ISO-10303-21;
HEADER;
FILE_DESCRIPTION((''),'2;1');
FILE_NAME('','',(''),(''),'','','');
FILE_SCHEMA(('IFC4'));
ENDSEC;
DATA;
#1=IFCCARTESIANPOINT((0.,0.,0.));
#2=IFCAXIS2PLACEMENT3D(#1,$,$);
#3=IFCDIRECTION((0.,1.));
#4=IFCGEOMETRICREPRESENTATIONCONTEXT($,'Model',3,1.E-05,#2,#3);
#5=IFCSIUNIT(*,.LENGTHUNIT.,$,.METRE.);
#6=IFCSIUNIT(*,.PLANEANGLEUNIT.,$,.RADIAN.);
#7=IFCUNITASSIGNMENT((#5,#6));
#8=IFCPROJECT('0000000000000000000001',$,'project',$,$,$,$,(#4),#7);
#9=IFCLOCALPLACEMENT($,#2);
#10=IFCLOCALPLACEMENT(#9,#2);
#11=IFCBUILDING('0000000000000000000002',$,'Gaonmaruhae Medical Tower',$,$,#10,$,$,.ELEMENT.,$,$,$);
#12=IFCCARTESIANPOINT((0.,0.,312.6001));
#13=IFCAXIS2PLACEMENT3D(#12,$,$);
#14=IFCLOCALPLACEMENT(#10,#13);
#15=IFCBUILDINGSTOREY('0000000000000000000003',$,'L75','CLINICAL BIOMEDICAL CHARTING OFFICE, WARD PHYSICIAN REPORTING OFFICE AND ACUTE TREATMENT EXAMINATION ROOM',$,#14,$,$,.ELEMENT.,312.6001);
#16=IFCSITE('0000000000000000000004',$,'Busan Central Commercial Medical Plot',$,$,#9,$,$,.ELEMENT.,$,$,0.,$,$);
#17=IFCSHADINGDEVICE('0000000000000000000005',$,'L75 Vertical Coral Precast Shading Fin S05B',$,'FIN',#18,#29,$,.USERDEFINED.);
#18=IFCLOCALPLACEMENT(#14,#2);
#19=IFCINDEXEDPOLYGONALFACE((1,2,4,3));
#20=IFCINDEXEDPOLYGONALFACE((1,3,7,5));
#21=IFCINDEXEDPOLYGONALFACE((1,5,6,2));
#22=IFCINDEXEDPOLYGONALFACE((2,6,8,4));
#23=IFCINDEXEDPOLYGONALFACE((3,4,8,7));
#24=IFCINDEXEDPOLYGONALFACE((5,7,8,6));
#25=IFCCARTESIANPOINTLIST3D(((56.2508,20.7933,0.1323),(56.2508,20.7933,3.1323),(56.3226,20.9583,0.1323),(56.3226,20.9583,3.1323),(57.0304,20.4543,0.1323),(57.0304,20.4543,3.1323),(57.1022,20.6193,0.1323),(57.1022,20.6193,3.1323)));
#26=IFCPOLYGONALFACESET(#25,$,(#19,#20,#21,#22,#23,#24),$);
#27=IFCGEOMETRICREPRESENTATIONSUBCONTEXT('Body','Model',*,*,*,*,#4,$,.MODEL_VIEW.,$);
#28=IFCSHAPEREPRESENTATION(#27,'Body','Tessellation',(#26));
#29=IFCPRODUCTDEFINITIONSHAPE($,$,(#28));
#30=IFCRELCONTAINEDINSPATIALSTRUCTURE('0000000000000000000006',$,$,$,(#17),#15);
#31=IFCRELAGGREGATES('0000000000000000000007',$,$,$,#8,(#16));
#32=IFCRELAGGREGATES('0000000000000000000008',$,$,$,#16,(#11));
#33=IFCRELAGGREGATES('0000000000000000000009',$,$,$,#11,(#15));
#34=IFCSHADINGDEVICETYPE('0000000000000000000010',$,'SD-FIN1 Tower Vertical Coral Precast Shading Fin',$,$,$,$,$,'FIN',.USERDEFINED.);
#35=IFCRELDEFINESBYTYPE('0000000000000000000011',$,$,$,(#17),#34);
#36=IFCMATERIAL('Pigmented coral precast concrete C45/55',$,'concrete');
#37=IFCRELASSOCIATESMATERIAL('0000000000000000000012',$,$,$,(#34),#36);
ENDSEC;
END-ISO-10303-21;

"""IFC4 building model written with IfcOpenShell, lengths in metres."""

from ifc_helpers import new_model, si_unit, direction, frame, origin, origin_2d, place, context, subcontext, project, spatial, rectangle, extrude, material, type_object, element, save


model = new_model("IFC4")

# Units and contexts
model_context = context("Model", 3, precision=1e-05, world=origin(), true_north=direction((0.0, 1.0)))
body_context = subcontext(model_context, "Body", "Model", "MODEL_VIEW")
ifc_project = project(units=[si_unit("LENGTHUNIT", "METRE"), si_unit("PLANEANGLEUNIT", "RADIAN")], contexts=[model_context])

# Site, building, storey
site_placement = place(None, origin())
site = spatial("IfcSite", under=ifc_project, at=site_placement, Name="Busan Central Commercial Medical Plot", CompositionType="ELEMENT", RefElevation=0.0)
building_placement = place(site_placement, origin())
building = spatial("IfcBuilding", under=site, at=building_placement, Name="Gaonmaruhae Medical Tower", CompositionType="ELEMENT")
storey_placement = place(building_placement, frame((0.0, 0.0, 312.6001)))
storey = spatial("IfcBuildingStorey", under=building, at=storey_placement, Name="L75", Description="CLINICAL BIOMEDICAL CHARTING OFFICE, WARD PHYSICIAN REPORTING OFFICE AND ACUTE TREATMENT EXAMINATION ROOM", CompositionType="ELEMENT", Elevation=312.6001)

# Shading device
ifc_material_1 = material(Name="Pigmented coral precast concrete C45/55", Category="concrete")
shading_device_type = type_object("IfcShadingDeviceType", Name="SD-FIN1 Tower Vertical Coral Precast Shading Fin", ElementType="FIN", PredefinedType="USERDEFINED", material=ifc_material_1)
for number, where, z_axis, x_axis, name in (
    (1, (56.6765, 20.7063, 0.1323), (0.0, 0.0, 1.0), (-0.398749, -0.91706, 0.0), "L75 Vertical Coral Precast Shading Fin S05B"),
):
    element("IfcShadingDevice", number, at=place(storey_placement, frame(where, z_axis=z_axis, x_axis=x_axis)), inside=storey, type_object=shading_device_type, Name=name, ObjectType="FIN", PredefinedType="USERDEFINED", context=body_context, shape_type="SweptSolid", body=[
        extrude(rectangle(XDim=0.1799, YDim=0.8501, at=origin_2d()), origin(), (0.0, 0.0, 1.0), 3.0),
    ])

save(model, "model.ifc")
